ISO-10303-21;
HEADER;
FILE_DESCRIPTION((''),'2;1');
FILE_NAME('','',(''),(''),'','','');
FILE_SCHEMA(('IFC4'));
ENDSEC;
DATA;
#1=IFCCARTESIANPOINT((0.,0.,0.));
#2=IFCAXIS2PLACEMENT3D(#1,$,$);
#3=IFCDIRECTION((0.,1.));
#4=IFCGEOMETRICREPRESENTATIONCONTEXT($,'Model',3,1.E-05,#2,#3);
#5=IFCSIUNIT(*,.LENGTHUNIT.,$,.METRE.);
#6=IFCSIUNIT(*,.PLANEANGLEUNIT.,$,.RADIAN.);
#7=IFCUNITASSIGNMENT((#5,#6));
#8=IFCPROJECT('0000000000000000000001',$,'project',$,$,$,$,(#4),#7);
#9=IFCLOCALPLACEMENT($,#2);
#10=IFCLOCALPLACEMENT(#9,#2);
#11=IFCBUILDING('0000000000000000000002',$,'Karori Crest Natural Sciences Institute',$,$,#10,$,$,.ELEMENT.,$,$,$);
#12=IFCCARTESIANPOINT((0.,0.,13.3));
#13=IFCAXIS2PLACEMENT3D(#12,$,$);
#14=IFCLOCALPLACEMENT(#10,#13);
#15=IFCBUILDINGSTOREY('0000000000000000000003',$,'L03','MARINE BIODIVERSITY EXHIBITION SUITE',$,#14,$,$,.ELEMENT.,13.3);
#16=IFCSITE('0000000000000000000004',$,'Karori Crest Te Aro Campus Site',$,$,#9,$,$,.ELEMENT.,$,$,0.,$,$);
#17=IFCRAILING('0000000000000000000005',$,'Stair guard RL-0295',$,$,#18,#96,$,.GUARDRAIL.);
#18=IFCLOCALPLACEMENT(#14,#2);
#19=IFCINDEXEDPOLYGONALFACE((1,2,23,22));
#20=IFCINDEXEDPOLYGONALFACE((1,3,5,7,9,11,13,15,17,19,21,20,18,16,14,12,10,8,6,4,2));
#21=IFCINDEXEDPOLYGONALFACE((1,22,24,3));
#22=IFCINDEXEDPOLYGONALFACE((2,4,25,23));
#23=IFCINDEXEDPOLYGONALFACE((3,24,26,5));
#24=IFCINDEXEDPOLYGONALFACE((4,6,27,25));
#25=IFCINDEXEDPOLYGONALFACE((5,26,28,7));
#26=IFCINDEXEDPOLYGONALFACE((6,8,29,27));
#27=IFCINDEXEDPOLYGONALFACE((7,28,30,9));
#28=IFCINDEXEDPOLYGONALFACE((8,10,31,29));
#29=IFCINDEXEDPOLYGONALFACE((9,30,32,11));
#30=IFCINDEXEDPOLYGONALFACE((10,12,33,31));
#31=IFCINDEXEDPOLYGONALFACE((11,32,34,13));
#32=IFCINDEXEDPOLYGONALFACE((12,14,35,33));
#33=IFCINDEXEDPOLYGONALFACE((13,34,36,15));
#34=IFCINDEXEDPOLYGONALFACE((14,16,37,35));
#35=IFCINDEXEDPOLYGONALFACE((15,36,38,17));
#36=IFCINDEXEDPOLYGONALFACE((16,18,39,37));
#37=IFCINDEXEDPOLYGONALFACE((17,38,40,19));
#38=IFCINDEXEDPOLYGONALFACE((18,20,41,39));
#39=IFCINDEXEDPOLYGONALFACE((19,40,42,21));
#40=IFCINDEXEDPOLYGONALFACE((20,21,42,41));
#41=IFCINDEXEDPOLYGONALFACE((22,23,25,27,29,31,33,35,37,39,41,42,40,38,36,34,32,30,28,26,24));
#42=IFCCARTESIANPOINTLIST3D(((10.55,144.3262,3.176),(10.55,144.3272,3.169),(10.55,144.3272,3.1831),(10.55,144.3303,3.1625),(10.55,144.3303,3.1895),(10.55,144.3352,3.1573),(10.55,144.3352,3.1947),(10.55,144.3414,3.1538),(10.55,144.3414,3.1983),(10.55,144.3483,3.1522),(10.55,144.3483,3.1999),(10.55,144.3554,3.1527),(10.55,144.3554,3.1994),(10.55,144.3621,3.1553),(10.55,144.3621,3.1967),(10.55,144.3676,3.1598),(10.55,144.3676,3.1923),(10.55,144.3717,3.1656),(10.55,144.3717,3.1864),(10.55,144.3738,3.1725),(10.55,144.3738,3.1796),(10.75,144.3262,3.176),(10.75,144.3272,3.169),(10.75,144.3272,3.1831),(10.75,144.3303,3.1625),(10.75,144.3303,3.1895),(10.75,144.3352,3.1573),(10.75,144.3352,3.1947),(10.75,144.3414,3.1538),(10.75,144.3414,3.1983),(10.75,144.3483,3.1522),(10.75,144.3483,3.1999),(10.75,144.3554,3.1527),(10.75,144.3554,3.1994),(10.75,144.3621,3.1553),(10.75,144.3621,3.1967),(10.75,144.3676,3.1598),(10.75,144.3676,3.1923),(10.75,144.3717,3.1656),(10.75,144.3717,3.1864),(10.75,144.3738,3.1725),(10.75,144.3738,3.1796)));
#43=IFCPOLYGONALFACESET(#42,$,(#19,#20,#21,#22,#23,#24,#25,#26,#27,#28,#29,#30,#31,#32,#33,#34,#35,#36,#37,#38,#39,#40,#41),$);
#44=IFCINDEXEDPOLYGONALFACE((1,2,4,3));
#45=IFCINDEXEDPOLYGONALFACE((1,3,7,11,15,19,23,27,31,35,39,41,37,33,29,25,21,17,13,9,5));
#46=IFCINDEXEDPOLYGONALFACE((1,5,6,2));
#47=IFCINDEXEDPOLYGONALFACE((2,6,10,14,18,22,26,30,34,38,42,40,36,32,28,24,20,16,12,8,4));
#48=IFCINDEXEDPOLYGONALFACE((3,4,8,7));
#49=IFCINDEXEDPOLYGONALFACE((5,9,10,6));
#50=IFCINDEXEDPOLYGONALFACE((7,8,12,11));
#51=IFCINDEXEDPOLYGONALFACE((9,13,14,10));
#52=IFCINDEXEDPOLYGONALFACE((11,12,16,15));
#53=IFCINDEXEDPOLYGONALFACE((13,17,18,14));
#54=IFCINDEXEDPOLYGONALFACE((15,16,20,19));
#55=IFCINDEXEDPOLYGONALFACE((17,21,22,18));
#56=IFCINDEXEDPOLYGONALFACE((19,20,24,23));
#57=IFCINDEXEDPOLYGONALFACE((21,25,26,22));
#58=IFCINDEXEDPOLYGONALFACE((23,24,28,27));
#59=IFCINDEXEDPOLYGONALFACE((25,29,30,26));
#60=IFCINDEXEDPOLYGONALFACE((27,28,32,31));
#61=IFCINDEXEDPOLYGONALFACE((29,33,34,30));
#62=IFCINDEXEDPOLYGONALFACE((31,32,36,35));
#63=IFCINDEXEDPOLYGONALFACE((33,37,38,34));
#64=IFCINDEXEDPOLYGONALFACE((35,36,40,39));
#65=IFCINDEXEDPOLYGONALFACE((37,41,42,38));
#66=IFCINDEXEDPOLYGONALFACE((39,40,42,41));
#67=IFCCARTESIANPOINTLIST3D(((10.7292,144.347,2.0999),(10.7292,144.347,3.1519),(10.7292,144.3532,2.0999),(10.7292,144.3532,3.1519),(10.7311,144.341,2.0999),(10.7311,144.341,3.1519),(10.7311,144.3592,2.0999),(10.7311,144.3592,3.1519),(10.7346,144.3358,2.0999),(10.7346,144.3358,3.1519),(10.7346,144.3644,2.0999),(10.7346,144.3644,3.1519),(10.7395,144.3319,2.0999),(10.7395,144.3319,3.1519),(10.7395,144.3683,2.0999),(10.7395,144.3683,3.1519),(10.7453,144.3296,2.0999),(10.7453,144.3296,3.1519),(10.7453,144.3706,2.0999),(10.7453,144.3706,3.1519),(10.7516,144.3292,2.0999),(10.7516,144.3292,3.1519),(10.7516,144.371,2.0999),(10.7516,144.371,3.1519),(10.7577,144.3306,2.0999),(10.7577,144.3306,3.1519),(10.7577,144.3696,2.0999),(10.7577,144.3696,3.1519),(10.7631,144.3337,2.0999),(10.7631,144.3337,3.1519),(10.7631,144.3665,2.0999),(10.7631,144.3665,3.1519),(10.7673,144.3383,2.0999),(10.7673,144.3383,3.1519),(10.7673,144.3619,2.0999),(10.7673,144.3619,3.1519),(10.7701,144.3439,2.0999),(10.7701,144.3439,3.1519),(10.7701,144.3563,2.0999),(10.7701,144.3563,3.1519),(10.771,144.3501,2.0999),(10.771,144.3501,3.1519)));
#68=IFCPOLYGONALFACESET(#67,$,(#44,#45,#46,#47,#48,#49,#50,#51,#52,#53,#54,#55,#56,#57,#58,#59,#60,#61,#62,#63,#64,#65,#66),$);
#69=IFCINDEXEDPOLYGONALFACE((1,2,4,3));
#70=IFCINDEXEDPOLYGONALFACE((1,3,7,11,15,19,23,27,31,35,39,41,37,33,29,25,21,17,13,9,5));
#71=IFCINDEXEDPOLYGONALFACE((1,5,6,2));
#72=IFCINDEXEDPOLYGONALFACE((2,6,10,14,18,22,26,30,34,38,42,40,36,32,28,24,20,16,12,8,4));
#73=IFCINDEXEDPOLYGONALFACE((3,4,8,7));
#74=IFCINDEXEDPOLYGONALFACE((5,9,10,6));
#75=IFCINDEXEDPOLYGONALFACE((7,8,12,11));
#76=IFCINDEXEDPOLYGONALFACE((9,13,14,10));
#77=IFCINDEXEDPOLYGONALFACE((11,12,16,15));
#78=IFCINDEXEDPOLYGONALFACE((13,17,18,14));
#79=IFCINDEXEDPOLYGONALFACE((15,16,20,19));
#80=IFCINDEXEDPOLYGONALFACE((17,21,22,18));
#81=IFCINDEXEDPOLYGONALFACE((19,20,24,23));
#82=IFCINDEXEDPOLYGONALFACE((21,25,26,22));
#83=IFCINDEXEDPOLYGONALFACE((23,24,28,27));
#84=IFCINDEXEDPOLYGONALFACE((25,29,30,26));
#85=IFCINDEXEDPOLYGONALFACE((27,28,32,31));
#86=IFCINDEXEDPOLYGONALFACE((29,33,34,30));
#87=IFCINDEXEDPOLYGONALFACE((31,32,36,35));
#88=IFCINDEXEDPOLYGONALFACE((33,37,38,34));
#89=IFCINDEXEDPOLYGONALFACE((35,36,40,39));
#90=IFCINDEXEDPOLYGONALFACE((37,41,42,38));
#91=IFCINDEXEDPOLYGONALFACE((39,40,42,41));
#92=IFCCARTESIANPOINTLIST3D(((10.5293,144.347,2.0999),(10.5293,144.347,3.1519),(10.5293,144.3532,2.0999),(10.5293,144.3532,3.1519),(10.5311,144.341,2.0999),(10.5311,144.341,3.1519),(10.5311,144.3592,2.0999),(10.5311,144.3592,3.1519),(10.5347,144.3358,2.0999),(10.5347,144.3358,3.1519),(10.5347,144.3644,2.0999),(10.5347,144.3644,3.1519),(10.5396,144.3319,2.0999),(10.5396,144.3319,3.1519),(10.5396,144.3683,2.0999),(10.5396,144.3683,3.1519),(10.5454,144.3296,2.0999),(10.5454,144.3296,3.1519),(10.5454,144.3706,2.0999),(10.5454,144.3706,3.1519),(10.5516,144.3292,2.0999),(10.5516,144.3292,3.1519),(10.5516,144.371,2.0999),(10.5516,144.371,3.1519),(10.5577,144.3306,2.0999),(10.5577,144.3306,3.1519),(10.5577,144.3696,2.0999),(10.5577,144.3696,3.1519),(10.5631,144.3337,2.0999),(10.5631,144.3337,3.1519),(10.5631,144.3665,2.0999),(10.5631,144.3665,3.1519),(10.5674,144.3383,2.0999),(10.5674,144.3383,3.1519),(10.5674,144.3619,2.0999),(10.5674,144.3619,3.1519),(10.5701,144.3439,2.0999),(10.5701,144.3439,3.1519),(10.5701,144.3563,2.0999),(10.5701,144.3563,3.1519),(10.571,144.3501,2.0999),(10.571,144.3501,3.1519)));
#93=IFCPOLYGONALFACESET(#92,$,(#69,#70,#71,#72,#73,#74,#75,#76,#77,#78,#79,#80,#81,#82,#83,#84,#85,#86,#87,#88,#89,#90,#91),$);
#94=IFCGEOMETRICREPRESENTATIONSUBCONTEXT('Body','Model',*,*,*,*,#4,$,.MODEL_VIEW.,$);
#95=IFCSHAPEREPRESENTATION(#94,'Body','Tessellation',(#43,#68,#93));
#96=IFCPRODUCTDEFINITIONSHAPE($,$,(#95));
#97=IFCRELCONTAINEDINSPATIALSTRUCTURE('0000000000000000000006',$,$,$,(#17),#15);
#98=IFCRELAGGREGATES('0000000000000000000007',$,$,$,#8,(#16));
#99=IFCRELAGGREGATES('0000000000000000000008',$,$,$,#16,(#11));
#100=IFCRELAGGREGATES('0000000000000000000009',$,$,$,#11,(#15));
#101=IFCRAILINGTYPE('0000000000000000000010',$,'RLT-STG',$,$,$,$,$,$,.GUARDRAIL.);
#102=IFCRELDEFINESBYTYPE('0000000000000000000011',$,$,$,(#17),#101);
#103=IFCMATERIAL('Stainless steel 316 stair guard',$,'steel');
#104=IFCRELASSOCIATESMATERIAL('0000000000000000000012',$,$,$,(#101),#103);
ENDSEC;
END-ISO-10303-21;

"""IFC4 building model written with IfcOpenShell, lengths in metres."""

from ifc_helpers import new_model, si_unit, direction, frame, origin, origin_2d, place, context, subcontext, project, spatial, circle, extrude, material, type_object, element, save


model = new_model("IFC4")

# Units and contexts
model_context = context("Model", 3, precision=1e-05, world=origin(), true_north=direction((0.0, 1.0)))
body_context = subcontext(model_context, "Body", "Model", "MODEL_VIEW")
ifc_project = project(units=[si_unit("LENGTHUNIT", "METRE"), si_unit("PLANEANGLEUNIT", "RADIAN")], contexts=[model_context])

# Site, building, storey
site_placement = place(None, origin())
site = spatial("IfcSite", under=ifc_project, at=site_placement, Name="Karori Crest Te Aro Campus Site", CompositionType="ELEMENT", RefElevation=0.0)
building_placement = place(site_placement, origin())
building = spatial("IfcBuilding", under=site, at=building_placement, Name="Karori Crest Natural Sciences Institute", CompositionType="ELEMENT")
storey_placement = place(building_placement, frame((0.0, 0.0, 13.3)))
storey = spatial("IfcBuildingStorey", under=building, at=storey_placement, Name="L03", Description="MARINE BIODIVERSITY EXHIBITION SUITE", CompositionType="ELEMENT", Elevation=13.3)

# Railing
ifc_material_1 = material(Name="Stainless steel 316 stair guard", Category="steel")
railing_type_1 = type_object("IfcRailingType", Name="RLT-STG", PredefinedType="GUARDRAIL", material=ifc_material_1)
railing_1_placement = place(storey_placement, frame((10.75, 144.3501, 2.0999)))
element("IfcRailing", 1, at=railing_1_placement, inside=storey, type_object=railing_type_1, Name="Stair guard RL-0295", PredefinedType="GUARDRAIL", context=body_context, shape_type="SweptSolid", body=[
    extrude(circle(Radius=0.0239, at=origin_2d()), frame((0.0, 0.0, 1.0762), z_axis=(-1.0, 0.0, 0.0), x_axis=(0.0, -1.0, 0.0)), (0.0, 0.0, 1.0), 0.2),
    extrude(circle(Radius=0.021, at=origin_2d()), origin(), (0.0, 0.0, 1.0), 1.052),
    extrude(circle(Radius=0.021, at=origin_2d()), frame((-0.2, 0.0, 0.0)), (0.0, 0.0, 1.0), 1.052),
])

save(model, "model.ifc")
